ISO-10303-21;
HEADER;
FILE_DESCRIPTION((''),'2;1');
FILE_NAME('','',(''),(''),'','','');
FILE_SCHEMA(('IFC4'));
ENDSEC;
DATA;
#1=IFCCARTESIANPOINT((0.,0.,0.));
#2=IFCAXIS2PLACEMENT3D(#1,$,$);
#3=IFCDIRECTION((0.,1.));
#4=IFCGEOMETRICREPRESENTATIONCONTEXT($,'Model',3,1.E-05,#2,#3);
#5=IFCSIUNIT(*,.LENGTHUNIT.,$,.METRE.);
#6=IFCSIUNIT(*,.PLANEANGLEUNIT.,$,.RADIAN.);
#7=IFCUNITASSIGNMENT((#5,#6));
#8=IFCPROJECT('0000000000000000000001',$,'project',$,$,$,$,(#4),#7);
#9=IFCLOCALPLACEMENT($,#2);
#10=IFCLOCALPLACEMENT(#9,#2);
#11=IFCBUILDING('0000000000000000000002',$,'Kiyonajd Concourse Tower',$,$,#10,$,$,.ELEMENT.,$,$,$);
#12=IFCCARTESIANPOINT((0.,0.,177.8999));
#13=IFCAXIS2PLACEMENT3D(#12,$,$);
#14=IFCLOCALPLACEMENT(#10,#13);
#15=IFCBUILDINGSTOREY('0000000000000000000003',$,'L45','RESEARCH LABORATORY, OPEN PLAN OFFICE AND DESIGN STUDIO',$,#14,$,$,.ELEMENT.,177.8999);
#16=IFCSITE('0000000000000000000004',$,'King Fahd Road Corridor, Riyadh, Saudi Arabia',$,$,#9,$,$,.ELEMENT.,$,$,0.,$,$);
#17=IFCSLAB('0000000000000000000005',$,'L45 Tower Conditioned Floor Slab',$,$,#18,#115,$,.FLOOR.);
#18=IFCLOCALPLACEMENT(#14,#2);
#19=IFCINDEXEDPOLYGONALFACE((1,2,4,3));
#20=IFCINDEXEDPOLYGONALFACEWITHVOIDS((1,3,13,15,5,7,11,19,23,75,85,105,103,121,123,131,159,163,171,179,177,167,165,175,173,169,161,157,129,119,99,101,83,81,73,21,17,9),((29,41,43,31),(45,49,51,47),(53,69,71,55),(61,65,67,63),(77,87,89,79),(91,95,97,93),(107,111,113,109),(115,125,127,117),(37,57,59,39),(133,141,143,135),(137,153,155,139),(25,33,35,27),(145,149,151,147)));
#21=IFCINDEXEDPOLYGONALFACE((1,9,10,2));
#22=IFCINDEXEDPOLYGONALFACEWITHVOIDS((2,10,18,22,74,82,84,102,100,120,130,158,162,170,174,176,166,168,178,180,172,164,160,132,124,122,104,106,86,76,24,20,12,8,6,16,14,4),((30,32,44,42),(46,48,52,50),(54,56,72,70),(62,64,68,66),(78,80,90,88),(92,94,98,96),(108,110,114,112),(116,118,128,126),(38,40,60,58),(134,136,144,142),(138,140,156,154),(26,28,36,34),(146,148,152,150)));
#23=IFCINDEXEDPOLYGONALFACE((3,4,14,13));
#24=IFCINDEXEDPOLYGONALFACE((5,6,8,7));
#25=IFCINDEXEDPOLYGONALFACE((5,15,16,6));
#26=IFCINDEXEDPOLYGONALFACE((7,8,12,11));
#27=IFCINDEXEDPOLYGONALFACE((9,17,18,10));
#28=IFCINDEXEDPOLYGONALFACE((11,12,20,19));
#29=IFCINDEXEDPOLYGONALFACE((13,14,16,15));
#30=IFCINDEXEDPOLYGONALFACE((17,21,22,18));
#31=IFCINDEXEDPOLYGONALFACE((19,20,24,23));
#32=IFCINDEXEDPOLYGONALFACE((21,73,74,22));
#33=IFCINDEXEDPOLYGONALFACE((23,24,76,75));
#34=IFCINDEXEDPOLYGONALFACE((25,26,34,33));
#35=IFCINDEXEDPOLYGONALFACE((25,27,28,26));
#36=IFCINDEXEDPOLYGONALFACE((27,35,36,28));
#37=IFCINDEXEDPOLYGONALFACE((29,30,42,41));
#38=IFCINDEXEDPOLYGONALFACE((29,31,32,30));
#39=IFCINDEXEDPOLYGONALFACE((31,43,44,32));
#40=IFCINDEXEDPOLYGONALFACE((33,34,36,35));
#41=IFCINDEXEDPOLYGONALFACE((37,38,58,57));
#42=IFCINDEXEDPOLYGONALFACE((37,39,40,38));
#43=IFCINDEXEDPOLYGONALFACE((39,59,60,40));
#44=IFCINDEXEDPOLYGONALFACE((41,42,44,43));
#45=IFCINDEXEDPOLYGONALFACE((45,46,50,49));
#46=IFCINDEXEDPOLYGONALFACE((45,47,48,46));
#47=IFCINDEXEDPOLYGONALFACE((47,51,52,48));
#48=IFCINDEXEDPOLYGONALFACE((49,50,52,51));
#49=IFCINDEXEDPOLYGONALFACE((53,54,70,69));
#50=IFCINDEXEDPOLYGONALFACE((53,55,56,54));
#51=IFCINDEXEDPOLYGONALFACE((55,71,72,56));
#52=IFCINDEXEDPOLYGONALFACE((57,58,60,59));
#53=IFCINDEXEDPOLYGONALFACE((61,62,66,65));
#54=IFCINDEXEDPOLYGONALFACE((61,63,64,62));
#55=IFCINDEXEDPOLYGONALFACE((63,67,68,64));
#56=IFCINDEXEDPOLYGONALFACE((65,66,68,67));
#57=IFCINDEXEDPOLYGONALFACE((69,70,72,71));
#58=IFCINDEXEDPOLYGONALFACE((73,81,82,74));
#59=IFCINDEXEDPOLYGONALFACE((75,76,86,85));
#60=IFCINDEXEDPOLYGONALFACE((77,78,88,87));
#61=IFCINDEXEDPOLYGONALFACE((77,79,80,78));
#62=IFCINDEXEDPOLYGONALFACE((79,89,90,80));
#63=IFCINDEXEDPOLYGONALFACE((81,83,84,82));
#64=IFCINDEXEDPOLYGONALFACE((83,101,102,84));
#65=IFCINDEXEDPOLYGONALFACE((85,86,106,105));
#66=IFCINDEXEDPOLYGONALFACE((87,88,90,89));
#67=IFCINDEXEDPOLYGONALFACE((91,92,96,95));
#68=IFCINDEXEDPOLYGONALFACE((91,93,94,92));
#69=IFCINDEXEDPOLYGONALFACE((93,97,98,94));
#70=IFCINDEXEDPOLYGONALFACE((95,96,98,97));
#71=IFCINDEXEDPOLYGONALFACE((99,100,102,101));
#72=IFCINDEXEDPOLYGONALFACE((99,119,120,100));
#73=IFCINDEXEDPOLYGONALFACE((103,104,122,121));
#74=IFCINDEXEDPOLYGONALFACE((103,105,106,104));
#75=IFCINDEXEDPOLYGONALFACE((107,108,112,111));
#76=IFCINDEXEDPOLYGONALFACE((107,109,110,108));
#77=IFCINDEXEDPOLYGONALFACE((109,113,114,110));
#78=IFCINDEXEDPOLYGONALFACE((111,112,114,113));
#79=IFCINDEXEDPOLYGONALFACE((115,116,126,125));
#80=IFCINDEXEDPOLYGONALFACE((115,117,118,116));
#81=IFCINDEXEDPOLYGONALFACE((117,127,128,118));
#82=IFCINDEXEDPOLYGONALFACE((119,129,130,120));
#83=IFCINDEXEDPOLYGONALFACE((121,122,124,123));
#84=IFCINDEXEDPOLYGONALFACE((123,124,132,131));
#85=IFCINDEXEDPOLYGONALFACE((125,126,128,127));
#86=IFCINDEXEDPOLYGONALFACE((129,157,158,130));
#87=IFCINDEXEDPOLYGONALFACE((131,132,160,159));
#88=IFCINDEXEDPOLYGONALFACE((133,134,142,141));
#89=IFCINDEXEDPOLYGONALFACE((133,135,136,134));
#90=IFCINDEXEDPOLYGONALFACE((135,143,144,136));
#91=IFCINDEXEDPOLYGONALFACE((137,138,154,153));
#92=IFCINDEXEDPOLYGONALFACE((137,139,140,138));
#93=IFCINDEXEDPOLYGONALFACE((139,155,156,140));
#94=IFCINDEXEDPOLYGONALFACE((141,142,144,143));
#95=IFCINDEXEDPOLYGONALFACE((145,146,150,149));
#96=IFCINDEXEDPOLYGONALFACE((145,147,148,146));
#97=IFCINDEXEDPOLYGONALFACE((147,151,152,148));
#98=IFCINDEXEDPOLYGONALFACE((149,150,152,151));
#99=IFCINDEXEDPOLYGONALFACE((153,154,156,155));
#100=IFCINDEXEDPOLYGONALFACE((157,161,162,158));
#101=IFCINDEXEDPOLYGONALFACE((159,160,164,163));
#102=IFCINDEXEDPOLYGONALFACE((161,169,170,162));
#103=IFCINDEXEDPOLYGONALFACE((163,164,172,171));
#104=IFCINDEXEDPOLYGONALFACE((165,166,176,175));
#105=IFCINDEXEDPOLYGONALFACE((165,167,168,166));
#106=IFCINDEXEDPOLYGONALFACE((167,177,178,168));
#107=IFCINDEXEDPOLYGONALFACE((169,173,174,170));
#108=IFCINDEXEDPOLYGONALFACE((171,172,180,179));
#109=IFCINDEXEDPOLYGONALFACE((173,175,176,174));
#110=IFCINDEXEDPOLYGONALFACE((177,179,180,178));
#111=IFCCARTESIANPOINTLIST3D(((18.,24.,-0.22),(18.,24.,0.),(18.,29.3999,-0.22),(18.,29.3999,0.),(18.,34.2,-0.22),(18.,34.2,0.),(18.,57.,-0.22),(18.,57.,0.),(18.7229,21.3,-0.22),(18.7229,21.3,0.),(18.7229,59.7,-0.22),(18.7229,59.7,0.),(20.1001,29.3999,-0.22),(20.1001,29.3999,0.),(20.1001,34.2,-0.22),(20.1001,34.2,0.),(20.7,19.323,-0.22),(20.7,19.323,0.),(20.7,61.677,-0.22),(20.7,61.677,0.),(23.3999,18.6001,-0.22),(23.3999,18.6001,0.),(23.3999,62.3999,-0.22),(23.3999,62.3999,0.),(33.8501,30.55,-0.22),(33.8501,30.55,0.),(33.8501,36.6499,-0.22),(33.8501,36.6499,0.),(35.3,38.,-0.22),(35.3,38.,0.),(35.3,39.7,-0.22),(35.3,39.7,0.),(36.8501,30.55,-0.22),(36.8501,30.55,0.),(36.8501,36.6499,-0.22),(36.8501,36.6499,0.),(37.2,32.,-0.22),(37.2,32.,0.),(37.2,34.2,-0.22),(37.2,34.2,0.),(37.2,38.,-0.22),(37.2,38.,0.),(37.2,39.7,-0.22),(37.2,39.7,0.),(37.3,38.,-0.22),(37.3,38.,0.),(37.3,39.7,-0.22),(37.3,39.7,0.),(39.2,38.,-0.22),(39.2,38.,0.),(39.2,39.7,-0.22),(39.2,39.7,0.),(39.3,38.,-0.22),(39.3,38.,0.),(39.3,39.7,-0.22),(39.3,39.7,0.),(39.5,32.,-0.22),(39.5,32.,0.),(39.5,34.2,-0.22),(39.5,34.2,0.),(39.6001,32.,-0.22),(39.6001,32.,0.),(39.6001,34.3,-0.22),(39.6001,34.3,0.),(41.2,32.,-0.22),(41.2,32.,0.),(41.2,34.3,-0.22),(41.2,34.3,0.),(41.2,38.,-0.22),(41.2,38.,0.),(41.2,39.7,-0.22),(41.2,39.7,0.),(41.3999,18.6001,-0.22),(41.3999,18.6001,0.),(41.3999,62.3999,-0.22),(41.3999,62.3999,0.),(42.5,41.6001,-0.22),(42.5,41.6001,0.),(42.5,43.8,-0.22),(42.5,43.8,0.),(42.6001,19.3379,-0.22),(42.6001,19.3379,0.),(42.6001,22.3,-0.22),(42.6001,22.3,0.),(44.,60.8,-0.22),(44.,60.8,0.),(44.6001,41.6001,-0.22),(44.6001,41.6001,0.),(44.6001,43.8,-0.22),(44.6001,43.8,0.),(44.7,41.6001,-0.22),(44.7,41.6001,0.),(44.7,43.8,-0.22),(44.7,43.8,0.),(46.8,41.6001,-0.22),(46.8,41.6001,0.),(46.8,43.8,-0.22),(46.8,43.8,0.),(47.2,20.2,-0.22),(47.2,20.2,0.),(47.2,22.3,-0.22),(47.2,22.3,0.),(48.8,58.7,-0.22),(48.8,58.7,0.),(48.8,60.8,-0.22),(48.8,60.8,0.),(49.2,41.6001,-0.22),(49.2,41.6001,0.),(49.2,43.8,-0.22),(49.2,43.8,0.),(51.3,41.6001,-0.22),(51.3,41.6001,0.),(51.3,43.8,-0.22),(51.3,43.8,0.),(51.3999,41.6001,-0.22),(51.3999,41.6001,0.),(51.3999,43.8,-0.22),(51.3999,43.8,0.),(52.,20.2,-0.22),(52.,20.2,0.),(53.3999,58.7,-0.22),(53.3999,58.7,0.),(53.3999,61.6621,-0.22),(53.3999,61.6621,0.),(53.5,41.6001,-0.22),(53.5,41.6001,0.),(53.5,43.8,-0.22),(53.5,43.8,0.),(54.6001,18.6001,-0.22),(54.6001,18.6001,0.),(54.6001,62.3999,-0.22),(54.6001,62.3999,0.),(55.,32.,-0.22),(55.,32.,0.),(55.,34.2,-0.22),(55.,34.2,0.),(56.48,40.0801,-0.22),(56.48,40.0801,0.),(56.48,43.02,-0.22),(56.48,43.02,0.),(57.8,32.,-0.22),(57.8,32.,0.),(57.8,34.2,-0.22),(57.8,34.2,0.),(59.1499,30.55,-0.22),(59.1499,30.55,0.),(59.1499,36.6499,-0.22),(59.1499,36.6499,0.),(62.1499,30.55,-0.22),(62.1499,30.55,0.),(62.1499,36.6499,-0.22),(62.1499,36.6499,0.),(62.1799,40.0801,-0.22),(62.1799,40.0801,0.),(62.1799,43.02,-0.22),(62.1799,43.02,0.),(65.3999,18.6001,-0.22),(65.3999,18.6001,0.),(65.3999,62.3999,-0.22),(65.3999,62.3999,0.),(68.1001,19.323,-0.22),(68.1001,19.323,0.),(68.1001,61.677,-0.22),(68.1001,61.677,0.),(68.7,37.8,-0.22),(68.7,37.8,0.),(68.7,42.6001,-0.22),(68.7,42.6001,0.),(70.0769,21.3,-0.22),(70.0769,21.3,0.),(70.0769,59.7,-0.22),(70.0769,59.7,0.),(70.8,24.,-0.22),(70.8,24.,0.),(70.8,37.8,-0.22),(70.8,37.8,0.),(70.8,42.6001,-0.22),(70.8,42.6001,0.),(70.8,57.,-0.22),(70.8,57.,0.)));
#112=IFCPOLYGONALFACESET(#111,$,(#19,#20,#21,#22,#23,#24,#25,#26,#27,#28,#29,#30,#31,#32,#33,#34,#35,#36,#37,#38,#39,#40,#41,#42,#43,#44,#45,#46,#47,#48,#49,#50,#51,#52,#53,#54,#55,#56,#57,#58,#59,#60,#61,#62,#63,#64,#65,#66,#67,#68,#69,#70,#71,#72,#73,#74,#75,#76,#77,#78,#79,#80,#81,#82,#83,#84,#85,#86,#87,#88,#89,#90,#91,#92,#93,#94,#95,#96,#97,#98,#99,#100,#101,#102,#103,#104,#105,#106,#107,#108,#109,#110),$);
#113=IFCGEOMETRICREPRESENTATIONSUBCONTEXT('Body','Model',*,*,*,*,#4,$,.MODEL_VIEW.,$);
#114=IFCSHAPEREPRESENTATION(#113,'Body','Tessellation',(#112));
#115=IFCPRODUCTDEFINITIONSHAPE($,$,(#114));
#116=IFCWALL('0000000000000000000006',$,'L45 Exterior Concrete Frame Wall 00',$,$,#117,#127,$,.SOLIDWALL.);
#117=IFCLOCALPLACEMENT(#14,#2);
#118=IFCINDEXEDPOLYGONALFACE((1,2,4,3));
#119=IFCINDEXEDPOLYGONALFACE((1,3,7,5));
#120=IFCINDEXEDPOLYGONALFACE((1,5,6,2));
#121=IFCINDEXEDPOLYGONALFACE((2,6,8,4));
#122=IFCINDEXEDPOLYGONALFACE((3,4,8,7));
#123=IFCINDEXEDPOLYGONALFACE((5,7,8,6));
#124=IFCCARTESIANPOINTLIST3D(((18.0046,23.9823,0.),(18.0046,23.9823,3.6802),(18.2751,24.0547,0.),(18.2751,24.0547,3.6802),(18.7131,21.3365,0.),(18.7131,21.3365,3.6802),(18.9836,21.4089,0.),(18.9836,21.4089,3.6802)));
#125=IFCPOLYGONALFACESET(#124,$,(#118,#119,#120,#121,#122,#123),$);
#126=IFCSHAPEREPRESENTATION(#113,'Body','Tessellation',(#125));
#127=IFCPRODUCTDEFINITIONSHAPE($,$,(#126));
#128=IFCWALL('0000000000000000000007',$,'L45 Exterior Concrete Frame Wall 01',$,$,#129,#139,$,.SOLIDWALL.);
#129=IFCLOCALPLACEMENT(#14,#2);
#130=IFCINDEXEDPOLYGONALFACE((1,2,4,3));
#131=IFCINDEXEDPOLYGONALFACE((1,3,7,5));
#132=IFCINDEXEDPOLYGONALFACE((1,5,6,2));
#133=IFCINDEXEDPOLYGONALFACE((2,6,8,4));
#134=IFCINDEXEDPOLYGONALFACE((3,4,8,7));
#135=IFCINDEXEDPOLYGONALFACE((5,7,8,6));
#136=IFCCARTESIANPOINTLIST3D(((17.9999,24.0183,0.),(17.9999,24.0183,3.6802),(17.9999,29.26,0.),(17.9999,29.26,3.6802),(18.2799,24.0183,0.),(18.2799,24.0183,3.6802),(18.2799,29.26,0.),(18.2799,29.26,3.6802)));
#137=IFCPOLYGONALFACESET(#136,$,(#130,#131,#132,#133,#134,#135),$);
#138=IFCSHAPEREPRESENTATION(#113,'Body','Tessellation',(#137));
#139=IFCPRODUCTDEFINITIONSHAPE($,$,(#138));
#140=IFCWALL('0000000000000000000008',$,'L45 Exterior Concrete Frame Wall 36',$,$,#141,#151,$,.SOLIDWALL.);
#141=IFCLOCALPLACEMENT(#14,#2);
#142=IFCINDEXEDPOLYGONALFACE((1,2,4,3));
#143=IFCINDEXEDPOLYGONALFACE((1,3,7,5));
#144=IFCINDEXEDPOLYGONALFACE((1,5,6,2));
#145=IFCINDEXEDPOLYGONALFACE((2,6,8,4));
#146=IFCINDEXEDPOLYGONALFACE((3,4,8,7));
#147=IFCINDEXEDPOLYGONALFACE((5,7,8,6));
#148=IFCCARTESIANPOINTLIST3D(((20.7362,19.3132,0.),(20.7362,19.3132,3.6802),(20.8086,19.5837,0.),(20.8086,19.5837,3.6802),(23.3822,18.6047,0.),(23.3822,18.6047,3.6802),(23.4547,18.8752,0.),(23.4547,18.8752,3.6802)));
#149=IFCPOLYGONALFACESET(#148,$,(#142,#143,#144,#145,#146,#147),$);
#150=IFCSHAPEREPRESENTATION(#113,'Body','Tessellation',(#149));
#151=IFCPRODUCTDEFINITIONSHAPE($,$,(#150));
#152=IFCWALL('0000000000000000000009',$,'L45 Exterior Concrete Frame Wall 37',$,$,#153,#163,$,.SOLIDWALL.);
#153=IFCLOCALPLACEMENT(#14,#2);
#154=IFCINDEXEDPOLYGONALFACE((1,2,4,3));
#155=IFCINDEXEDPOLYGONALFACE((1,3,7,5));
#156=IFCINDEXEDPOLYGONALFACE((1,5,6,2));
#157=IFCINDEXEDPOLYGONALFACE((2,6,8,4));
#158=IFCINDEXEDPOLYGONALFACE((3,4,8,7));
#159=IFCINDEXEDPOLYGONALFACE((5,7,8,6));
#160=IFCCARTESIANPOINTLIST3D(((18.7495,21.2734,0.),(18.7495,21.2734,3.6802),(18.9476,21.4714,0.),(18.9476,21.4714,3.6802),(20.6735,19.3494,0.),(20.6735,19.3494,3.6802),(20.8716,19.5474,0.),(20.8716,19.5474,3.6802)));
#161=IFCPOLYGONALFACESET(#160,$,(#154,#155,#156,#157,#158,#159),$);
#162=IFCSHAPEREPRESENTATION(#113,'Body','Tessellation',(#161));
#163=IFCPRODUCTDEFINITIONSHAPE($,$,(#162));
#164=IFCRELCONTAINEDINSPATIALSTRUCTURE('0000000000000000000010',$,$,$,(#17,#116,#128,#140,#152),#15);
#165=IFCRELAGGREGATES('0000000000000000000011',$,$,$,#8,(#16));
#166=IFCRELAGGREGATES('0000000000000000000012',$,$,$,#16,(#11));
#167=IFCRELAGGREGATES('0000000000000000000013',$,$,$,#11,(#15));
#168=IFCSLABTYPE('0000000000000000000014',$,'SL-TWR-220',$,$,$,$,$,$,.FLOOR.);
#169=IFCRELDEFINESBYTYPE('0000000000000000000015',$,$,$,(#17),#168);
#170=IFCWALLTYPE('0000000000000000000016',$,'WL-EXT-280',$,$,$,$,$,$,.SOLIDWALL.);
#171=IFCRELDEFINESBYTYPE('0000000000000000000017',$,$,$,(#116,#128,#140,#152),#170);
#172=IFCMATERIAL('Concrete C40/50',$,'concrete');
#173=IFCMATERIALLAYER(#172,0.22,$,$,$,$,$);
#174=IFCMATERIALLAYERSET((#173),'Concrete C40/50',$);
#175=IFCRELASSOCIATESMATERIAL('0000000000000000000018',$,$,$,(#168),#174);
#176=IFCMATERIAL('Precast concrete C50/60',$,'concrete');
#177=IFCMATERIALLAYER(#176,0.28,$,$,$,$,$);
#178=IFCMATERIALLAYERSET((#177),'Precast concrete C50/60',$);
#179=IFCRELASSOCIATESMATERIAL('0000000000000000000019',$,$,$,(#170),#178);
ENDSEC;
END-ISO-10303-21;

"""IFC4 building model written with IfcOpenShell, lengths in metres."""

from ifc_helpers import new_model, si_unit, direction, frame, frame_2d, origin, place, context, subcontext, project, spatial, polyline, rectangle, outline, extrude, material, layer, layer_set, type_object, element, save


model = new_model("IFC4")

# Units and contexts
model_context = context("Model", 3, precision=1e-05, world=origin(), true_north=direction((0.0, 1.0)))
body_context = subcontext(model_context, "Body", "Model", "MODEL_VIEW")
ifc_project = project(units=[si_unit("LENGTHUNIT", "METRE"), si_unit("PLANEANGLEUNIT", "RADIAN")], contexts=[model_context])

# Site, building, storey
site_placement = place(None, origin())
site = spatial("IfcSite", under=ifc_project, at=site_placement, Name="King Fahd Road Corridor, Riyadh, Saudi Arabia", CompositionType="ELEMENT", RefElevation=0.0)
building_placement = place(site_placement, origin())
building = spatial("IfcBuilding", under=site, at=building_placement, Name="Kiyonajd Concourse Tower", CompositionType="ELEMENT")
storey_placement = place(building_placement, frame((0.0, 0.0, 177.8999)))
storey = spatial("IfcBuildingStorey", under=building, at=storey_placement, Name="L45", Description="RESEARCH LABORATORY, OPEN PLAN OFFICE AND DESIGN STUDIO", CompositionType="ELEMENT", Elevation=177.8999)

# Shared definitions
ifc_material_1 = material(Name="Concrete C40/50", Category="concrete")

# Slab
ifc_material_2 = material(Name="Precast concrete C50/60", Category="concrete")
ifc_layer_1 = layer(ifc_material_1, 0.22)
ifc_layer_set_1 = layer_set([ifc_layer_1], Name="Concrete C40/50")
slab_type_1 = type_object("IfcSlabType", Name="SL-TWR-220", PredefinedType="FLOOR", material=ifc_layer_set_1)
slab_1_placement = place(storey_placement, frame((0.0, 0.0, -0.22)))
element("IfcSlab", 1, at=slab_1_placement, inside=storey, type_object=slab_type_1, Name="L45 Tower Conditioned Floor Slab", PredefinedType="FLOOR", context=body_context, shape_type="SweptSolid", body=[
    extrude(outline(polyline([(18.7229, 21.3), (18.0, 24.0), (18.0, 29.3999), (20.1001, 29.3999), (20.1001, 34.2), (18.0, 34.2), (18.0, 57.0), (18.7229, 59.7), (20.7, 61.677), (23.3999, 62.3999), (41.3999, 62.3999), (44.0, 60.8), (48.8, 60.8), (48.8, 58.7), (53.3999, 58.7), (53.3999, 61.6621), (54.6001, 62.3999), (65.3999, 62.3999), (68.1001, 61.677), (70.0769, 59.7), (70.8, 57.0), (70.8, 42.6001), (68.7, 42.6001), (68.7, 37.8), (70.8, 37.8), (70.8, 24.0), (70.0769, 21.3), (68.1001, 19.323), (65.3999, 18.6001), (54.6001, 18.6001), (52.0, 20.2), (47.2, 20.2), (47.2, 22.3), (42.6001, 22.3), (42.6001, 19.3379), (41.3999, 18.6001), (23.3999, 18.6001), (20.7, 19.323), (18.7229, 21.3)]), holes=[polyline([(39.5, 32.0), (37.2, 32.0), (37.2, 34.2), (39.5, 34.2), (39.5, 32.0)]), polyline([(39.6001, 32.0), (39.6001, 34.3), (41.2, 34.3), (41.2, 32.0), (39.6001, 32.0)]), polyline([(33.8501, 30.55), (33.8501, 36.6499), (36.8501, 36.6499), (36.8501, 30.55), (33.8501, 30.55)]), polyline([(37.2, 38.0), (35.3, 38.0), (35.3, 39.7), (37.2, 39.7), (37.2, 38.0)]), polyline([(37.3, 38.0), (37.3, 39.7), (39.2, 39.7), (39.2, 38.0), (37.3, 38.0)]), polyline([(39.3, 38.0), (39.3, 39.7), (41.2, 39.7), (41.2, 38.0), (39.3, 38.0)]), polyline([(44.6001, 41.6001), (42.5, 41.6001), (42.5, 43.8), (44.6001, 43.8), (44.6001, 41.6001)]), polyline([(55.0, 32.0), (55.0, 34.2), (57.8, 34.2), (57.8, 32.0), (55.0, 32.0)]), polyline([(59.1499, 30.55), (59.1499, 36.6499), (62.1499, 36.6499), (62.1499, 30.55), (59.1499, 30.55)]), polyline([(56.48, 43.02), (62.1799, 43.02), (62.1799, 40.0801), (56.48, 40.0801), (56.48, 43.02)]), polyline([(44.7, 41.6001), (44.7, 43.8), (46.8, 43.8), (46.8, 41.6001), (44.7, 41.6001)]), polyline([(49.2, 41.6001), (49.2, 43.8), (51.3, 43.8), (51.3, 41.6001), (49.2, 41.6001)]), polyline([(51.3999, 41.6001), (51.3999, 43.8), (53.5, 43.8), (53.5, 41.6001), (51.3999, 41.6001)])]), origin(), (0.0, 0.0, 1.0), 0.22),
])

# Walls
ifc_layer_2 = layer(ifc_material_2, 0.28)
ifc_layer_set_2 = layer_set([ifc_layer_2], Name="Precast concrete C50/60")
wall_type_1 = type_object("IfcWallType", Name="WL-EXT-280", PredefinedType="SOLIDWALL", material=ifc_layer_set_2)
wall_1_placement = place(storey_placement, frame((18.8484, 21.3726, 0.0), z_axis=(0.0, 0.0, 1.0), x_axis=(-0.258672, 0.965965, 0.0)))
element("IfcWall", 2, at=wall_1_placement, inside=storey, type_object=wall_type_1, Name="L45 Exterior Concrete Frame Wall 00", PredefinedType="SOLIDWALL", context=body_context, shape_type="SweptSolid", body=[
    extrude(rectangle(XDim=2.739, YDim=0.28, at=frame_2d((1.3696, 0.0))), origin(), (0.0, 0.0, 1.0), 3.6802),
])
wall_2_placement = place(storey_placement, frame((18.1399, 24.0183, 0.0), z_axis=(0.0, 0.0, 1.0), x_axis=(0.0, 1.0, 0.0)))
element("IfcWall", 3, at=wall_2_placement, inside=storey, type_object=wall_type_1, Name="L45 Exterior Concrete Frame Wall 01", PredefinedType="SOLIDWALL", context=body_context, shape_type="SweptSolid", body=[
    extrude(rectangle(XDim=5.2417, YDim=0.28, at=frame_2d((2.6208, 0.0))), origin(), (0.0, 0.0, 1.0), 3.6802),
])
wall_3_placement = place(storey_placement, frame((23.4185, 18.74, 0.0), z_axis=(0.0, 0.0, 1.0), x_axis=(-0.965971, 0.25865, 0.0)))
element("IfcWall", 4, at=wall_3_placement, inside=storey, type_object=wall_type_1, Name="L45 Exterior Concrete Frame Wall 36", PredefinedType="SOLIDWALL", context=body_context, shape_type="SweptSolid", body=[
    extrude(rectangle(XDim=2.7393, YDim=0.28, at=frame_2d((1.3696, 0.0))), origin(), (0.0, 0.0, 1.0), 3.6802),
])
wall_4_placement = place(storey_placement, frame((20.7725, 19.4485, 0.0), z_axis=(0.0, 0.0, 1.0), x_axis=(-0.707107, 0.707107, 0.0)))
element("IfcWall", 5, at=wall_4_placement, inside=storey, type_object=wall_type_1, Name="L45 Exterior Concrete Frame Wall 37", PredefinedType="SOLIDWALL", context=body_context, shape_type="SweptSolid", body=[
    extrude(rectangle(XDim=2.7209, YDim=0.28, at=frame_2d((1.3604, 0.0))), origin(), (0.0, 0.0, 1.0), 3.6802),
])

save(model, "model.ifc")
